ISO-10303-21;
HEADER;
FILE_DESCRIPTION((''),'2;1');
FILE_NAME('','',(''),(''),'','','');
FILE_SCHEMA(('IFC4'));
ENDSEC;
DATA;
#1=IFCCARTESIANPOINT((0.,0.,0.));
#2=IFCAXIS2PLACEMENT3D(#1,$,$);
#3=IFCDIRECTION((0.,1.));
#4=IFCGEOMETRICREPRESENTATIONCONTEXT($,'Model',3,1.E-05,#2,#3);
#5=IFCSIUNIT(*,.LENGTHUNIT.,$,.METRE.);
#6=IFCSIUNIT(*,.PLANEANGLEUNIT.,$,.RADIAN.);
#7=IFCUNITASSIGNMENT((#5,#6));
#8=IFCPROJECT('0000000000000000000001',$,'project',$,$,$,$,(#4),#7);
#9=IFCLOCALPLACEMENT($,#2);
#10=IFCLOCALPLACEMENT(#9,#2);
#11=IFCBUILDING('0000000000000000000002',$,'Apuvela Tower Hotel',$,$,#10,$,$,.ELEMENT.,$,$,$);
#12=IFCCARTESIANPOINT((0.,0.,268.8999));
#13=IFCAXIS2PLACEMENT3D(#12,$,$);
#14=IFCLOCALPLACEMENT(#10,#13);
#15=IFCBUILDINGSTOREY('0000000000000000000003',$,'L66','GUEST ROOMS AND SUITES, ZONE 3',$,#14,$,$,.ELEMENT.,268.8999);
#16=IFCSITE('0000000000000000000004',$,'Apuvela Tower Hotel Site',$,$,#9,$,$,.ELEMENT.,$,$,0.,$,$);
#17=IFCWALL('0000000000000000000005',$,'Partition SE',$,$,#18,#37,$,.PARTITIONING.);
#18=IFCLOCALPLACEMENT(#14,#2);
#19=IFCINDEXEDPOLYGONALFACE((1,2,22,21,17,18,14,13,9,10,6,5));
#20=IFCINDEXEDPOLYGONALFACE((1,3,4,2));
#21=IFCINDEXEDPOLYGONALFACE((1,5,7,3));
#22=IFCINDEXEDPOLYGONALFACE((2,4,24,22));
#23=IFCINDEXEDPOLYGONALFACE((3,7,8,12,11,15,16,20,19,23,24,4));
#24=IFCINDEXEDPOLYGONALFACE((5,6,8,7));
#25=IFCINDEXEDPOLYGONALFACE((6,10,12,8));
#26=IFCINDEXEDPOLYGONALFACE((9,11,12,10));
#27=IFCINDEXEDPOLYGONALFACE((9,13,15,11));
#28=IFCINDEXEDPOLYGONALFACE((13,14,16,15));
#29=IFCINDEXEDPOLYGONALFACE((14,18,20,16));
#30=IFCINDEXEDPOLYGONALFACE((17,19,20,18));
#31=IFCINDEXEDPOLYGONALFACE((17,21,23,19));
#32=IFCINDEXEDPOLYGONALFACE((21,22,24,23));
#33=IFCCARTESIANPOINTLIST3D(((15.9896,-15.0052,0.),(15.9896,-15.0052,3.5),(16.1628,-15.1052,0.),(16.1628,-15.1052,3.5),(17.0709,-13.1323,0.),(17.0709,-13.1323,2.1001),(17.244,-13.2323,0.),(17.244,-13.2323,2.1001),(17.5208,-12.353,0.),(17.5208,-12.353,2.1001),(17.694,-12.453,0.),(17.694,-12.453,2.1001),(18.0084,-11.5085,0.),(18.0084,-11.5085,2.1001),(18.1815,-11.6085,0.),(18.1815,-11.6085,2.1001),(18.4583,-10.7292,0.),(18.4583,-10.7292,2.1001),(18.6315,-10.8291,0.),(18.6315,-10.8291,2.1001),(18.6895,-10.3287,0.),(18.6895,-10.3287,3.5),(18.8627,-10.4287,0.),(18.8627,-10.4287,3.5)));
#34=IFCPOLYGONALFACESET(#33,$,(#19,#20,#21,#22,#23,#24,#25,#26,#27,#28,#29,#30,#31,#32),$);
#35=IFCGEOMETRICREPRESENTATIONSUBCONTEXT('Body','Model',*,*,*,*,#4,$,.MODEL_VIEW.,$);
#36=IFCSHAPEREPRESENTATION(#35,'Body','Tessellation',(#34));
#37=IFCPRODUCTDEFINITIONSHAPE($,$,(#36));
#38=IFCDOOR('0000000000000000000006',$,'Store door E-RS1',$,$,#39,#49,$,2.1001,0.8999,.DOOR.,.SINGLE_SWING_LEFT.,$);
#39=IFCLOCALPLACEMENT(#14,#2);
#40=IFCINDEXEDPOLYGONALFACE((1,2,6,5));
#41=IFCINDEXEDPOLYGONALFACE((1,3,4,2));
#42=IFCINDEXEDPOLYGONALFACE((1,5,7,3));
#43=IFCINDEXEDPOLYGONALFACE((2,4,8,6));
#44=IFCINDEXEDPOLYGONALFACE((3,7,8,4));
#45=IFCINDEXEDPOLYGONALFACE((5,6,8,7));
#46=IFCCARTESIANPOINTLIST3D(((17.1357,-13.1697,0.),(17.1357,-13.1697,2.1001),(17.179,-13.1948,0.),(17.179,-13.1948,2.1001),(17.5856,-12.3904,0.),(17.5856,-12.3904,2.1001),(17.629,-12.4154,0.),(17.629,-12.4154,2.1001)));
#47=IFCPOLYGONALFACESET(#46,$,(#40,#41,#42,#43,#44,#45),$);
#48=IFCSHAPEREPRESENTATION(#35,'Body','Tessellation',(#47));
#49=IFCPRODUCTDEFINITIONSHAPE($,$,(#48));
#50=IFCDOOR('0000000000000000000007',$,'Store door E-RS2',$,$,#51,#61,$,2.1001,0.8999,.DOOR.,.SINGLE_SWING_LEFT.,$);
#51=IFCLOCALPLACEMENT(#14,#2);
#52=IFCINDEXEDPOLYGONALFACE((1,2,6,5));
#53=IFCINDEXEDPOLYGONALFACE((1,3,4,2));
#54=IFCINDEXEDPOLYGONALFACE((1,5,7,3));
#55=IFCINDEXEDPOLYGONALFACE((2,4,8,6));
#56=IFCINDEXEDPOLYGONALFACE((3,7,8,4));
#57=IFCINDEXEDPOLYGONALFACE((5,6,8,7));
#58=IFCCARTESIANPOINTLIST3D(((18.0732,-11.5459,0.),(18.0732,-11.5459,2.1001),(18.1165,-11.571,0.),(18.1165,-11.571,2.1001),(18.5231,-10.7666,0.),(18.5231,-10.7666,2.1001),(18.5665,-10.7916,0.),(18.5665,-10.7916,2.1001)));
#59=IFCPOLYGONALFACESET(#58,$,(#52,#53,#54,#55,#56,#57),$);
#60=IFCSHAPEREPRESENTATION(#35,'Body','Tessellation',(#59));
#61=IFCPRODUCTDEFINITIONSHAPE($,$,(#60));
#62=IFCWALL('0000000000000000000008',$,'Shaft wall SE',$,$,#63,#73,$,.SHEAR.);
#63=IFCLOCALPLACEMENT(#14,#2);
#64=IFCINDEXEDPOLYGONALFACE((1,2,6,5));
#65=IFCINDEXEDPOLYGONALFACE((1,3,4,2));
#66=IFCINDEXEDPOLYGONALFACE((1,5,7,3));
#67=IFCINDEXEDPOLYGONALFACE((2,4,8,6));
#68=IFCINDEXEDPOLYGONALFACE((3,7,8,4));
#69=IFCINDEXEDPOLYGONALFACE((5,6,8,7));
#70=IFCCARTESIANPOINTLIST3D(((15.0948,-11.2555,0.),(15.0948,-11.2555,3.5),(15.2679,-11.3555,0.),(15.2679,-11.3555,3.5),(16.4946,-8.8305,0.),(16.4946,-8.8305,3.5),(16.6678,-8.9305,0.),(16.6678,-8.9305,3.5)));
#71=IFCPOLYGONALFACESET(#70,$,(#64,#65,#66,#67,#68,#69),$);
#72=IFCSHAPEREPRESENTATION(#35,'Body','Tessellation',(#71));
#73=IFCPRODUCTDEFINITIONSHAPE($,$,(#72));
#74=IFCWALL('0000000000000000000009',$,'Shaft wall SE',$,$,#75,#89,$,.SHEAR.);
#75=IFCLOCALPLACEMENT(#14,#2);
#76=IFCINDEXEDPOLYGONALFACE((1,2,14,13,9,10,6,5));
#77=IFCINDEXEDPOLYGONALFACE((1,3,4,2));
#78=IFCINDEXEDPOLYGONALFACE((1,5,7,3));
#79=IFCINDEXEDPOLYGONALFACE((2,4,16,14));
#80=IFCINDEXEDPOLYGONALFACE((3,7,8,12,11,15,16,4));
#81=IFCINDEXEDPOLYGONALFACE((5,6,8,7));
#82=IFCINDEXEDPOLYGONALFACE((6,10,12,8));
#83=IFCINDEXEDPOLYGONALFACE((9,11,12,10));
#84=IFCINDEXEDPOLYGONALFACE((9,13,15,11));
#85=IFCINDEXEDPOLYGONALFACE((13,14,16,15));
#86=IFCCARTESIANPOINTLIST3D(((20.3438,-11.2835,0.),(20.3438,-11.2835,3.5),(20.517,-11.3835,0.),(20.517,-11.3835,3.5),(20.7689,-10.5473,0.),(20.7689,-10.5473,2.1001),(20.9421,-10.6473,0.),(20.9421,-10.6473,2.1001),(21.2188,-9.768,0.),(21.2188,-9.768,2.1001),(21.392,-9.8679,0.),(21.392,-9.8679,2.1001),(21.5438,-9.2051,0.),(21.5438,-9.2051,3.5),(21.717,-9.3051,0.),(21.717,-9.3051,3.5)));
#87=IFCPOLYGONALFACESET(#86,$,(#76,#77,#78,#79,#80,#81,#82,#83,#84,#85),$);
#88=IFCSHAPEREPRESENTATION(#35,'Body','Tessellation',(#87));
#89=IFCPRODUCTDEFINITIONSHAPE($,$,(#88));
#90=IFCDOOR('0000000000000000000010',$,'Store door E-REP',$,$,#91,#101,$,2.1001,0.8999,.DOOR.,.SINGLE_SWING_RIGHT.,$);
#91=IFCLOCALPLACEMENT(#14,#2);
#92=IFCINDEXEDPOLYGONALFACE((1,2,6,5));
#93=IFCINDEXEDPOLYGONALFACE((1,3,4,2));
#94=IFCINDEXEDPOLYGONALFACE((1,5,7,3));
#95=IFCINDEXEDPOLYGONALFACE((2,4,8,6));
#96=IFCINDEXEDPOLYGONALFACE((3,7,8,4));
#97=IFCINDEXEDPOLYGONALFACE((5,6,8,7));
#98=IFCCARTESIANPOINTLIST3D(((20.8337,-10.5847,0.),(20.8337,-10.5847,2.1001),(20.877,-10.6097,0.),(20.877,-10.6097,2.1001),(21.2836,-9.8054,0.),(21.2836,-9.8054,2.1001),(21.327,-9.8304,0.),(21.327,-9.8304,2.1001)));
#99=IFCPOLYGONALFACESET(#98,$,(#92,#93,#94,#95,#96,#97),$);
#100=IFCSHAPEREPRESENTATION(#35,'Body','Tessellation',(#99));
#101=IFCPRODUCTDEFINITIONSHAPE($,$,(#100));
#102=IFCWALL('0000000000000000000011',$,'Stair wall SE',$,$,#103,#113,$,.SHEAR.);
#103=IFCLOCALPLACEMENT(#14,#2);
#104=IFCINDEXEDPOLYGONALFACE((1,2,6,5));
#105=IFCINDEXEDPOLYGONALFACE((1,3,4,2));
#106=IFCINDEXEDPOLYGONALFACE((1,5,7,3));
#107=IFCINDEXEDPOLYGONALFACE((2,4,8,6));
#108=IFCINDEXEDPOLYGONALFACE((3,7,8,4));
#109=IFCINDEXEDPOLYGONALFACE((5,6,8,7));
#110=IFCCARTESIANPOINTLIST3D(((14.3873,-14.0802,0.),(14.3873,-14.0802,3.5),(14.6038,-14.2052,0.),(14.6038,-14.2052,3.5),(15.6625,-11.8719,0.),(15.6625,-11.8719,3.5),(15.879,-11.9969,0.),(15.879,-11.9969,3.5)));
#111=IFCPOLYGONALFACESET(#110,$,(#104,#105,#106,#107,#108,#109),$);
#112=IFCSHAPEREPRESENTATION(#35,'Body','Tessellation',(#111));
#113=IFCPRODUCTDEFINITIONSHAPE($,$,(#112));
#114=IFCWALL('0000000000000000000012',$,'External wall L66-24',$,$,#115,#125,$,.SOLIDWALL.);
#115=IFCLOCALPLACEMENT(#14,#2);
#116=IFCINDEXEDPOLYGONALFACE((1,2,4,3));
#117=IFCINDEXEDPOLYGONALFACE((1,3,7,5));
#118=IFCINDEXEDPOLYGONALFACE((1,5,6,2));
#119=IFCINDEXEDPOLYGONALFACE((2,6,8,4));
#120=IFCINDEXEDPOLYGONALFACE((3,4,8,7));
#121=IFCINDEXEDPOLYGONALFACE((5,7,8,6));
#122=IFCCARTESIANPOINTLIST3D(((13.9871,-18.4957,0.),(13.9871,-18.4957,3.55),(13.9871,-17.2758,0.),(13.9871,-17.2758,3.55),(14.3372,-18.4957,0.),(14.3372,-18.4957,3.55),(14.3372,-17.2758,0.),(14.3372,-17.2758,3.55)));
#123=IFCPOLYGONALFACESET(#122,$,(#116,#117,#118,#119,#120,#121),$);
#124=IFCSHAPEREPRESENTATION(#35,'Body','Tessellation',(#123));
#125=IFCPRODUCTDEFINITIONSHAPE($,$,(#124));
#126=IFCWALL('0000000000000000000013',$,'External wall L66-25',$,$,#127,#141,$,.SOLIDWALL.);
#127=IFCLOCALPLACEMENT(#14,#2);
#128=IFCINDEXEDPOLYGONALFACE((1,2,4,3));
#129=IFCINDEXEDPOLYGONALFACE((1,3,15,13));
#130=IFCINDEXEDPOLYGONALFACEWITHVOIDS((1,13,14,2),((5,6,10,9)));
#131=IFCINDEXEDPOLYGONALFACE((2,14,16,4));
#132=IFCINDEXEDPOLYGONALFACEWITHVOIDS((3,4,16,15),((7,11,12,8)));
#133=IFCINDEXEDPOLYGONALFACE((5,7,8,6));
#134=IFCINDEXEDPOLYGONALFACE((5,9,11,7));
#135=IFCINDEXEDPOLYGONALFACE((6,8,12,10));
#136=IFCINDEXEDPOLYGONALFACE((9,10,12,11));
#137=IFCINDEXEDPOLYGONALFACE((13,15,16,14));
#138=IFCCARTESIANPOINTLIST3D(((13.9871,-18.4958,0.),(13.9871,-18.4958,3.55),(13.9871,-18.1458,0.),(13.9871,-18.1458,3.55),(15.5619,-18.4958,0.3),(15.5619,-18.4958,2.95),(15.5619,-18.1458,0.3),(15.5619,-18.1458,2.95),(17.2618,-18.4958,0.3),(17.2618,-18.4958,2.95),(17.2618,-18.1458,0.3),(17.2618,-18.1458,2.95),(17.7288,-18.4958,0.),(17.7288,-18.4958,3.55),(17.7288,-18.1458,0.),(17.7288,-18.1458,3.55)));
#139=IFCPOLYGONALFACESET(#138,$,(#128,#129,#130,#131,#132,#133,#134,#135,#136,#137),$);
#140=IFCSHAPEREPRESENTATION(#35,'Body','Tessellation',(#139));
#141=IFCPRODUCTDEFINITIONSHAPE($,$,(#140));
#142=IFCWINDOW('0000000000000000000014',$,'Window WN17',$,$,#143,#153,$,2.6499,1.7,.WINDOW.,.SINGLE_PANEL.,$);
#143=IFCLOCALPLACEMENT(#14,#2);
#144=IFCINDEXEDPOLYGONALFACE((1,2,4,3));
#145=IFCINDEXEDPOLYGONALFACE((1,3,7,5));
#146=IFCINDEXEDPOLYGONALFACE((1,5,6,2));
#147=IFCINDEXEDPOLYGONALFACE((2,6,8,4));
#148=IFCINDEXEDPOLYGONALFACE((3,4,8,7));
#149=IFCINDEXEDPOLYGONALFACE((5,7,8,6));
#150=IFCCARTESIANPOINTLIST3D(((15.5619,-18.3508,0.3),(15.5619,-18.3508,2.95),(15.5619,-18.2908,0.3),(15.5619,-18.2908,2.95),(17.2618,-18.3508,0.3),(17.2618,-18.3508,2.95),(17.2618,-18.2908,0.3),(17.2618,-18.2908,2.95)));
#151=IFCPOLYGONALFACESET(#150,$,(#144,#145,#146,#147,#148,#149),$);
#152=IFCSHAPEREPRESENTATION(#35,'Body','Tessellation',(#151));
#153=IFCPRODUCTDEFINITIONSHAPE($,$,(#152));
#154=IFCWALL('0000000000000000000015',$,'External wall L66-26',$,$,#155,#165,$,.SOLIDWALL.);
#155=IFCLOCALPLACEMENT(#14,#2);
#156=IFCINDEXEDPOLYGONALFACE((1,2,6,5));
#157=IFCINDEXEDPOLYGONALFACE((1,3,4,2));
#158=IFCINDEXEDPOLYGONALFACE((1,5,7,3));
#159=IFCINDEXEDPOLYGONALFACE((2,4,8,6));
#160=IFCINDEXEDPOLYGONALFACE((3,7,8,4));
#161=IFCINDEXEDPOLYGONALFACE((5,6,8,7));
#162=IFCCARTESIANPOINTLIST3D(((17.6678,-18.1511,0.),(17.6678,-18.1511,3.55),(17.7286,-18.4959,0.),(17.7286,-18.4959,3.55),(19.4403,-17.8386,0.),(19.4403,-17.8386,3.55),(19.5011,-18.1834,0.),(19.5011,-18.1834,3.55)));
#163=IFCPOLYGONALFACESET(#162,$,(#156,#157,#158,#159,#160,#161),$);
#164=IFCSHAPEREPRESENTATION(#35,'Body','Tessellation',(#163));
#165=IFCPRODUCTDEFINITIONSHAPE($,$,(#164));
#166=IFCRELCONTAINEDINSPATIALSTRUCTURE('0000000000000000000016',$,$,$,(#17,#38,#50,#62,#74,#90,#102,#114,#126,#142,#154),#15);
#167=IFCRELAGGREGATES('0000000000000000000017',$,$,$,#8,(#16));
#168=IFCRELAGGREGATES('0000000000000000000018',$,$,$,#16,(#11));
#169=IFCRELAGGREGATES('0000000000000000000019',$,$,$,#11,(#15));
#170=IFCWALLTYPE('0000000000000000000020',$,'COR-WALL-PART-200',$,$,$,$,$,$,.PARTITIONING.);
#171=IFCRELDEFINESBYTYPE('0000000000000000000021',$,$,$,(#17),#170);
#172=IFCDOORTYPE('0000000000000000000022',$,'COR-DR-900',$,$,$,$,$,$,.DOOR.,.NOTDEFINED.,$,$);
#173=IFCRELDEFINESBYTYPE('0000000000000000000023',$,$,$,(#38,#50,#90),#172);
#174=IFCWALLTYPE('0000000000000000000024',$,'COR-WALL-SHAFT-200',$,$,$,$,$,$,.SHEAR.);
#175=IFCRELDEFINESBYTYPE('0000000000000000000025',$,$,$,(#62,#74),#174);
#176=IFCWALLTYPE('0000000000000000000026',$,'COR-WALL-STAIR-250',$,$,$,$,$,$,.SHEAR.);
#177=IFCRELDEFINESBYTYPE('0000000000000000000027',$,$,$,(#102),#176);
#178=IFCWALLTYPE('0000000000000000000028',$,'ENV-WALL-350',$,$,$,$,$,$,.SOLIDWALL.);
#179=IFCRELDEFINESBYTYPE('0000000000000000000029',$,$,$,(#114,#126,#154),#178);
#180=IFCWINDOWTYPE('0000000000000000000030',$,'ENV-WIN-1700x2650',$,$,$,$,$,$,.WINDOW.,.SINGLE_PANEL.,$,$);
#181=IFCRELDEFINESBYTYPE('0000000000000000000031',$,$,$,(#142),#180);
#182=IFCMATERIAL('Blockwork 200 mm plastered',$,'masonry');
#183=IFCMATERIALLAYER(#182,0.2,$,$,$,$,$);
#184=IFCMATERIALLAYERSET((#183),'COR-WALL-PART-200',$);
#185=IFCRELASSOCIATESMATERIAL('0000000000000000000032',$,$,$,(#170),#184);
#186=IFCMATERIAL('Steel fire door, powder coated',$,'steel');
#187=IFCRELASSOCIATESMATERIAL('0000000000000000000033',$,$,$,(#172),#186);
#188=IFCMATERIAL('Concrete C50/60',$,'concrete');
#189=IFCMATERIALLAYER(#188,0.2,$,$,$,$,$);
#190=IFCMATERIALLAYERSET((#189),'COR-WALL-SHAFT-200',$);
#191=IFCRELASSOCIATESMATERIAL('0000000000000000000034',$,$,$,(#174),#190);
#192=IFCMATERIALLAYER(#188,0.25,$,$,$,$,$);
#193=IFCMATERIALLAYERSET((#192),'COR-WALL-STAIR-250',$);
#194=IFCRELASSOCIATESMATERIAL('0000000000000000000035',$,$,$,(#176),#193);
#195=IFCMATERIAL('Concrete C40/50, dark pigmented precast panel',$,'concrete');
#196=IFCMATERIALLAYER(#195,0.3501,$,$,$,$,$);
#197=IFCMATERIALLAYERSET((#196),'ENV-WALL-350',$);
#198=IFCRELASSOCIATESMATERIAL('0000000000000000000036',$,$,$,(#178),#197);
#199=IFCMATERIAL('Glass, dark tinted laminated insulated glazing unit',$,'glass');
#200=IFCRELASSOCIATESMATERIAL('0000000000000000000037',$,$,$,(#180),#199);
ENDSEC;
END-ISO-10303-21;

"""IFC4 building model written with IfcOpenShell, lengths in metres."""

from ifc_helpers import new_model, si_unit, direction, frame, frame_2d, origin, place, context, subcontext, project, spatial, rectangle, extrude, material, layer, layer_set, type_object, element, fill, save


model = new_model("IFC4")

# Units and contexts
model_context = context("Model", 3, precision=1e-05, world=origin(), true_north=direction((0.0, 1.0)))
body_context = subcontext(model_context, "Body", "Model", "MODEL_VIEW")
ifc_project = project(units=[si_unit("LENGTHUNIT", "METRE"), si_unit("PLANEANGLEUNIT", "RADIAN")], contexts=[model_context])

# Site, building, storey
site_placement = place(None, origin())
site = spatial("IfcSite", under=ifc_project, at=site_placement, Name="Apuvela Tower Hotel Site", CompositionType="ELEMENT", RefElevation=0.0)
building_placement = place(site_placement, origin())
building = spatial("IfcBuilding", under=site, at=building_placement, Name="Apuvela Tower Hotel", CompositionType="ELEMENT")
storey_placement = place(building_placement, frame((0.0, 0.0, 268.8999)))
storey = spatial("IfcBuildingStorey", under=building, at=storey_placement, Name="L66", Description="GUEST ROOMS AND SUITES, ZONE 3", CompositionType="ELEMENT", Elevation=268.8999)

# Wall, openings, doors
ifc_material_1 = material(Name="Blockwork 200 mm plastered", Category="masonry")
ifc_layer_1 = layer(ifc_material_1, 0.2)
ifc_layer_set_1 = layer_set([ifc_layer_1], Name="COR-WALL-PART-200")
wall_type_1 = type_object("IfcWallType", Name="COR-WALL-PART-200", PredefinedType="PARTITIONING", material=ifc_layer_set_1)
wall_1_placement = place(storey_placement, frame((16.0762, -15.0552, 0.0), z_axis=(0.0, 0.0, 1.0), x_axis=(0.499995, 0.866028, 0.0)))
wall_1 = element("IfcWall", 1, at=wall_1_placement, inside=storey, type_object=wall_type_1, Name="Partition SE", PredefinedType="PARTITIONING", context=body_context, shape_type="SweptSolid", body=[
    extrude(rectangle(XDim=5.3999, YDim=0.2, at=frame_2d((2.7, 0.0))), origin(), (0.0, 0.0, 1.0), 3.5),
])
opening_1_placement = place(wall_1_placement, frame((2.1626, 0.0, 0.0)))
opening_1 = element("IfcOpeningElement", 2, at=opening_1_placement, cuts=wall_1, PredefinedType="OPENING", context=body_context, shape_type="SweptSolid", body=[
    extrude(rectangle(XDim=0.8999, YDim=2.1001, at=frame_2d((0.45, 1.05))), frame((0.0, 0.1099, 0.0), z_axis=(0.0, -1.0, 0.0), x_axis=(1.0, 0.0, 0.0)), (0.0, 0.0, 1.0), 0.22),
])
opening_2_placement = place(wall_1_placement, frame((4.0376, 0.0, 0.0)))
opening_2 = element("IfcOpeningElement", 3, at=opening_2_placement, cuts=wall_1, PredefinedType="OPENING", context=body_context, shape_type="SweptSolid", body=[
    extrude(rectangle(XDim=0.8999, YDim=2.1001, at=frame_2d((0.45, 1.05))), frame((0.0, 0.1099, 0.0), z_axis=(0.0, -1.0, 0.0), x_axis=(1.0, 0.0, 0.0)), (0.0, 0.0, 1.0), 0.22),
])
ifc_material_2 = material(Name="Steel fire door, powder coated", Category="steel")
door_type_1 = type_object("IfcDoorType", Name="COR-DR-900", OperationType="NOTDEFINED", PredefinedType="DOOR", material=ifc_material_2)
door_1_placement = place(opening_1_placement, frame((0.8999, 0.0, 0.0), z_axis=(0.0, 0.0, 1.0), x_axis=(-1.0, 0.0, 0.0)))
door_1 = element("IfcDoor", 4, at=door_1_placement, inside=storey, type_object=door_type_1, Name="Store door E-RS1", OperationType="SINGLE_SWING_LEFT", OverallHeight=2.1001, OverallWidth=0.8999, PredefinedType="DOOR", context=body_context, shape_type="SweptSolid", body=[
    extrude(rectangle(XDim=0.8999, YDim=2.1001, at=frame_2d((0.45, 1.05))), frame((0.0, 0.0249, 0.0), z_axis=(0.0, -1.0, 0.0), x_axis=(1.0, 0.0, 0.0)), (0.0, 0.0, 1.0), 0.05),
])
fill(opening_1, door_1)
door_2_placement = place(opening_2_placement, frame((0.8999, 0.0, 0.0), z_axis=(0.0, 0.0, 1.0), x_axis=(-1.0, 0.0, 0.0)))
door_2 = element("IfcDoor", 5, at=door_2_placement, inside=storey, type_object=door_type_1, Name="Store door E-RS2", OperationType="SINGLE_SWING_LEFT", OverallHeight=2.1001, OverallWidth=0.8999, PredefinedType="DOOR", context=body_context, shape_type="SweptSolid", body=[
    extrude(rectangle(XDim=0.8999, YDim=2.1001, at=frame_2d((0.45, 1.05))), frame((0.0, 0.0249, 0.0), z_axis=(0.0, -1.0, 0.0), x_axis=(1.0, 0.0, 0.0)), (0.0, 0.0, 1.0), 0.05),
])
fill(opening_2, door_2)

# Wall
ifc_material_3 = material(Name="Concrete C50/60", Category="concrete")
ifc_layer_2 = layer(ifc_material_3, 0.2)
ifc_layer_set_2 = layer_set([ifc_layer_2], Name="COR-WALL-SHAFT-200")
wall_type_2 = type_object("IfcWallType", Name="COR-WALL-SHAFT-200", PredefinedType="SHEAR", material=ifc_layer_set_2)
wall_2_placement = place(storey_placement, frame((15.1814, -11.3054, 0.0), z_axis=(0.0, 0.0, 1.0), x_axis=(0.499946, 0.866056, 0.0)))
element("IfcWall", 6, at=wall_2_placement, inside=storey, type_object=wall_type_2, Name="Shaft wall SE", PredefinedType="SHEAR", context=body_context, shape_type="SweptSolid", body=[
    extrude(rectangle(XDim=2.8, YDim=0.2, at=frame_2d((1.3999, 0.0))), origin(), (0.0, 0.0, 1.0), 3.5),
])

# Wall, opening, door
wall_3_placement = place(storey_placement, frame((20.4304, -11.3335, 0.0), z_axis=(0.0, 0.0, 1.0), x_axis=(0.500001, 0.866025, 0.0)))
wall_3 = element("IfcWall", 7, at=wall_3_placement, inside=storey, type_object=wall_type_2, Name="Shaft wall SE", PredefinedType="SHEAR", context=body_context, shape_type="SweptSolid", body=[
    extrude(rectangle(XDim=2.3999, YDim=0.2, at=frame_2d((1.2, 0.0))), origin(), (0.0, 0.0, 1.0), 3.5),
])
opening_3_placement = place(wall_3_placement, frame((0.8501, 0.0, 0.0)))
opening_3 = element("IfcOpeningElement", 8, at=opening_3_placement, cuts=wall_3, PredefinedType="OPENING", context=body_context, shape_type="SweptSolid", body=[
    extrude(rectangle(XDim=0.8999, YDim=2.1001, at=frame_2d((0.45, 1.05))), frame((0.0, 0.1099, 0.0), z_axis=(0.0, -1.0, 0.0), x_axis=(1.0, 0.0, 0.0)), (0.0, 0.0, 1.0), 0.22),
])
door_3_placement = place(opening_3_placement, frame((0.8999, 0.0, 0.0), z_axis=(0.0, 0.0, 1.0), x_axis=(-1.0, 0.0, 0.0)))
door_3 = element("IfcDoor", 9, at=door_3_placement, inside=storey, type_object=door_type_1, Name="Store door E-REP", OperationType="SINGLE_SWING_RIGHT", OverallHeight=2.1001, OverallWidth=0.8999, PredefinedType="DOOR", context=body_context, shape_type="SweptSolid", body=[
    extrude(rectangle(XDim=0.8999, YDim=2.1001, at=frame_2d((0.45, 1.05))), frame((0.0, 0.0249, 0.0), z_axis=(0.0, -1.0, 0.0), x_axis=(1.0, 0.0, 0.0)), (0.0, 0.0, 1.0), 0.05),
])
fill(opening_3, door_3)

# Walls
ifc_layer_3 = layer(ifc_material_3, 0.25)
ifc_layer_set_3 = layer_set([ifc_layer_3], Name="COR-WALL-STAIR-250")
wall_type_3 = type_object("IfcWallType", Name="COR-WALL-STAIR-250", PredefinedType="SHEAR", material=ifc_layer_set_3)
wall_4_placement = place(storey_placement, frame((14.4956, -14.1426, 0.0), z_axis=(0.0, 0.0, 1.0), x_axis=(0.500062, 0.865989, 0.0)))
element("IfcWall", 10, at=wall_4_placement, inside=storey, type_object=wall_type_3, Name="Stair wall SE", PredefinedType="SHEAR", context=body_context, shape_type="SweptSolid", body=[
    extrude(rectangle(XDim=2.55, YDim=0.25, at=frame_2d((1.2749, 0.0))), origin(), (0.0, 0.0, 1.0), 3.5),
])
ifc_material_4 = material(Name="Concrete C40/50, dark pigmented precast panel", Category="concrete")
ifc_layer_4 = layer(ifc_material_4, 0.3501)
ifc_layer_set_4 = layer_set([ifc_layer_4], Name="ENV-WALL-350")
wall_type_4 = type_object("IfcWallType", Name="ENV-WALL-350", PredefinedType="SOLIDWALL", material=ifc_layer_set_4)
wall_5_placement = place(storey_placement, frame((14.1621, -17.2759, 0.0), z_axis=(0.0, 0.0, 1.0), x_axis=(0.0, -1.0, 0.0)))
element("IfcWall", 11, at=wall_5_placement, inside=storey, type_object=wall_type_4, Name="External wall L66-24", PredefinedType="SOLIDWALL", context=body_context, shape_type="SweptSolid", body=[
    extrude(rectangle(XDim=1.22, YDim=0.3501, at=frame_2d((0.6099, 0.0))), origin(), (0.0, 0.0, 1.0), 3.55),
])

# Wall, opening, window
wall_6_placement = place(storey_placement, frame((13.9871, -18.3208, 0.0), z_axis=(0.0, 0.0, 1.0), x_axis=(1.0, 0.0, 0.0)))
wall_6 = element("IfcWall", 12, at=wall_6_placement, inside=storey, type_object=wall_type_4, Name="External wall L66-25", PredefinedType="SOLIDWALL", context=body_context, shape_type="SweptSolid", body=[
    extrude(rectangle(XDim=3.7417, YDim=0.3501, at=frame_2d((1.8708, 0.0))), origin(), (0.0, 0.0, 1.0), 3.55),
])
opening_4_placement = place(wall_6_placement, frame((1.5747, 0.0, 0.3)))
opening_4 = element("IfcOpeningElement", 13, at=opening_4_placement, cuts=wall_6, PredefinedType="OPENING", context=body_context, shape_type="SweptSolid", body=[
    extrude(rectangle(XDim=1.7, YDim=2.6499, at=frame_2d((0.8501, 1.325))), frame((0.0, 0.1851, 0.0), z_axis=(0.0, -1.0, 0.0), x_axis=(1.0, 0.0, 0.0)), (0.0, 0.0, 1.0), 0.3701),
])
ifc_material_5 = material(Name="Glass, dark tinted laminated insulated glazing unit", Category="glass")
window_type = type_object("IfcWindowType", Name="ENV-WIN-1700x2650", PartitioningType="SINGLE_PANEL", PredefinedType="WINDOW", material=ifc_material_5)
window_placement = place(opening_4_placement, origin())
window = element("IfcWindow", 14, at=window_placement, inside=storey, type_object=window_type, Name="Window WN17", OverallHeight=2.6499, OverallWidth=1.7, PartitioningType="SINGLE_PANEL", PredefinedType="WINDOW", context=body_context, shape_type="SweptSolid", body=[
    extrude(rectangle(XDim=1.7, YDim=2.6499, at=frame_2d((0.8501, 1.325))), frame((0.0, 0.03, 0.0), z_axis=(0.0, -1.0, 0.0), x_axis=(1.0, 0.0, 0.0)), (0.0, 0.0, 1.0), 0.0601),
])
fill(opening_4, window)

# Wall
wall_7_placement = place(storey_placement, frame((17.6982, -18.3235, 0.0), z_axis=(0.0, 0.0, 1.0), x_axis=(0.984811, 0.173631, 0.0)))
element("IfcWall", 15, at=wall_7_placement, inside=storey, type_object=wall_type_4, Name="External wall L66-26", PredefinedType="SOLIDWALL", context=body_context, shape_type="SweptSolid", body=[
    extrude(rectangle(XDim=1.7998, YDim=0.3501, at=frame_2d((0.8999, 0.0))), origin(), (0.0, 0.0, 1.0), 3.55),
])

save(model, "model.ifc")
